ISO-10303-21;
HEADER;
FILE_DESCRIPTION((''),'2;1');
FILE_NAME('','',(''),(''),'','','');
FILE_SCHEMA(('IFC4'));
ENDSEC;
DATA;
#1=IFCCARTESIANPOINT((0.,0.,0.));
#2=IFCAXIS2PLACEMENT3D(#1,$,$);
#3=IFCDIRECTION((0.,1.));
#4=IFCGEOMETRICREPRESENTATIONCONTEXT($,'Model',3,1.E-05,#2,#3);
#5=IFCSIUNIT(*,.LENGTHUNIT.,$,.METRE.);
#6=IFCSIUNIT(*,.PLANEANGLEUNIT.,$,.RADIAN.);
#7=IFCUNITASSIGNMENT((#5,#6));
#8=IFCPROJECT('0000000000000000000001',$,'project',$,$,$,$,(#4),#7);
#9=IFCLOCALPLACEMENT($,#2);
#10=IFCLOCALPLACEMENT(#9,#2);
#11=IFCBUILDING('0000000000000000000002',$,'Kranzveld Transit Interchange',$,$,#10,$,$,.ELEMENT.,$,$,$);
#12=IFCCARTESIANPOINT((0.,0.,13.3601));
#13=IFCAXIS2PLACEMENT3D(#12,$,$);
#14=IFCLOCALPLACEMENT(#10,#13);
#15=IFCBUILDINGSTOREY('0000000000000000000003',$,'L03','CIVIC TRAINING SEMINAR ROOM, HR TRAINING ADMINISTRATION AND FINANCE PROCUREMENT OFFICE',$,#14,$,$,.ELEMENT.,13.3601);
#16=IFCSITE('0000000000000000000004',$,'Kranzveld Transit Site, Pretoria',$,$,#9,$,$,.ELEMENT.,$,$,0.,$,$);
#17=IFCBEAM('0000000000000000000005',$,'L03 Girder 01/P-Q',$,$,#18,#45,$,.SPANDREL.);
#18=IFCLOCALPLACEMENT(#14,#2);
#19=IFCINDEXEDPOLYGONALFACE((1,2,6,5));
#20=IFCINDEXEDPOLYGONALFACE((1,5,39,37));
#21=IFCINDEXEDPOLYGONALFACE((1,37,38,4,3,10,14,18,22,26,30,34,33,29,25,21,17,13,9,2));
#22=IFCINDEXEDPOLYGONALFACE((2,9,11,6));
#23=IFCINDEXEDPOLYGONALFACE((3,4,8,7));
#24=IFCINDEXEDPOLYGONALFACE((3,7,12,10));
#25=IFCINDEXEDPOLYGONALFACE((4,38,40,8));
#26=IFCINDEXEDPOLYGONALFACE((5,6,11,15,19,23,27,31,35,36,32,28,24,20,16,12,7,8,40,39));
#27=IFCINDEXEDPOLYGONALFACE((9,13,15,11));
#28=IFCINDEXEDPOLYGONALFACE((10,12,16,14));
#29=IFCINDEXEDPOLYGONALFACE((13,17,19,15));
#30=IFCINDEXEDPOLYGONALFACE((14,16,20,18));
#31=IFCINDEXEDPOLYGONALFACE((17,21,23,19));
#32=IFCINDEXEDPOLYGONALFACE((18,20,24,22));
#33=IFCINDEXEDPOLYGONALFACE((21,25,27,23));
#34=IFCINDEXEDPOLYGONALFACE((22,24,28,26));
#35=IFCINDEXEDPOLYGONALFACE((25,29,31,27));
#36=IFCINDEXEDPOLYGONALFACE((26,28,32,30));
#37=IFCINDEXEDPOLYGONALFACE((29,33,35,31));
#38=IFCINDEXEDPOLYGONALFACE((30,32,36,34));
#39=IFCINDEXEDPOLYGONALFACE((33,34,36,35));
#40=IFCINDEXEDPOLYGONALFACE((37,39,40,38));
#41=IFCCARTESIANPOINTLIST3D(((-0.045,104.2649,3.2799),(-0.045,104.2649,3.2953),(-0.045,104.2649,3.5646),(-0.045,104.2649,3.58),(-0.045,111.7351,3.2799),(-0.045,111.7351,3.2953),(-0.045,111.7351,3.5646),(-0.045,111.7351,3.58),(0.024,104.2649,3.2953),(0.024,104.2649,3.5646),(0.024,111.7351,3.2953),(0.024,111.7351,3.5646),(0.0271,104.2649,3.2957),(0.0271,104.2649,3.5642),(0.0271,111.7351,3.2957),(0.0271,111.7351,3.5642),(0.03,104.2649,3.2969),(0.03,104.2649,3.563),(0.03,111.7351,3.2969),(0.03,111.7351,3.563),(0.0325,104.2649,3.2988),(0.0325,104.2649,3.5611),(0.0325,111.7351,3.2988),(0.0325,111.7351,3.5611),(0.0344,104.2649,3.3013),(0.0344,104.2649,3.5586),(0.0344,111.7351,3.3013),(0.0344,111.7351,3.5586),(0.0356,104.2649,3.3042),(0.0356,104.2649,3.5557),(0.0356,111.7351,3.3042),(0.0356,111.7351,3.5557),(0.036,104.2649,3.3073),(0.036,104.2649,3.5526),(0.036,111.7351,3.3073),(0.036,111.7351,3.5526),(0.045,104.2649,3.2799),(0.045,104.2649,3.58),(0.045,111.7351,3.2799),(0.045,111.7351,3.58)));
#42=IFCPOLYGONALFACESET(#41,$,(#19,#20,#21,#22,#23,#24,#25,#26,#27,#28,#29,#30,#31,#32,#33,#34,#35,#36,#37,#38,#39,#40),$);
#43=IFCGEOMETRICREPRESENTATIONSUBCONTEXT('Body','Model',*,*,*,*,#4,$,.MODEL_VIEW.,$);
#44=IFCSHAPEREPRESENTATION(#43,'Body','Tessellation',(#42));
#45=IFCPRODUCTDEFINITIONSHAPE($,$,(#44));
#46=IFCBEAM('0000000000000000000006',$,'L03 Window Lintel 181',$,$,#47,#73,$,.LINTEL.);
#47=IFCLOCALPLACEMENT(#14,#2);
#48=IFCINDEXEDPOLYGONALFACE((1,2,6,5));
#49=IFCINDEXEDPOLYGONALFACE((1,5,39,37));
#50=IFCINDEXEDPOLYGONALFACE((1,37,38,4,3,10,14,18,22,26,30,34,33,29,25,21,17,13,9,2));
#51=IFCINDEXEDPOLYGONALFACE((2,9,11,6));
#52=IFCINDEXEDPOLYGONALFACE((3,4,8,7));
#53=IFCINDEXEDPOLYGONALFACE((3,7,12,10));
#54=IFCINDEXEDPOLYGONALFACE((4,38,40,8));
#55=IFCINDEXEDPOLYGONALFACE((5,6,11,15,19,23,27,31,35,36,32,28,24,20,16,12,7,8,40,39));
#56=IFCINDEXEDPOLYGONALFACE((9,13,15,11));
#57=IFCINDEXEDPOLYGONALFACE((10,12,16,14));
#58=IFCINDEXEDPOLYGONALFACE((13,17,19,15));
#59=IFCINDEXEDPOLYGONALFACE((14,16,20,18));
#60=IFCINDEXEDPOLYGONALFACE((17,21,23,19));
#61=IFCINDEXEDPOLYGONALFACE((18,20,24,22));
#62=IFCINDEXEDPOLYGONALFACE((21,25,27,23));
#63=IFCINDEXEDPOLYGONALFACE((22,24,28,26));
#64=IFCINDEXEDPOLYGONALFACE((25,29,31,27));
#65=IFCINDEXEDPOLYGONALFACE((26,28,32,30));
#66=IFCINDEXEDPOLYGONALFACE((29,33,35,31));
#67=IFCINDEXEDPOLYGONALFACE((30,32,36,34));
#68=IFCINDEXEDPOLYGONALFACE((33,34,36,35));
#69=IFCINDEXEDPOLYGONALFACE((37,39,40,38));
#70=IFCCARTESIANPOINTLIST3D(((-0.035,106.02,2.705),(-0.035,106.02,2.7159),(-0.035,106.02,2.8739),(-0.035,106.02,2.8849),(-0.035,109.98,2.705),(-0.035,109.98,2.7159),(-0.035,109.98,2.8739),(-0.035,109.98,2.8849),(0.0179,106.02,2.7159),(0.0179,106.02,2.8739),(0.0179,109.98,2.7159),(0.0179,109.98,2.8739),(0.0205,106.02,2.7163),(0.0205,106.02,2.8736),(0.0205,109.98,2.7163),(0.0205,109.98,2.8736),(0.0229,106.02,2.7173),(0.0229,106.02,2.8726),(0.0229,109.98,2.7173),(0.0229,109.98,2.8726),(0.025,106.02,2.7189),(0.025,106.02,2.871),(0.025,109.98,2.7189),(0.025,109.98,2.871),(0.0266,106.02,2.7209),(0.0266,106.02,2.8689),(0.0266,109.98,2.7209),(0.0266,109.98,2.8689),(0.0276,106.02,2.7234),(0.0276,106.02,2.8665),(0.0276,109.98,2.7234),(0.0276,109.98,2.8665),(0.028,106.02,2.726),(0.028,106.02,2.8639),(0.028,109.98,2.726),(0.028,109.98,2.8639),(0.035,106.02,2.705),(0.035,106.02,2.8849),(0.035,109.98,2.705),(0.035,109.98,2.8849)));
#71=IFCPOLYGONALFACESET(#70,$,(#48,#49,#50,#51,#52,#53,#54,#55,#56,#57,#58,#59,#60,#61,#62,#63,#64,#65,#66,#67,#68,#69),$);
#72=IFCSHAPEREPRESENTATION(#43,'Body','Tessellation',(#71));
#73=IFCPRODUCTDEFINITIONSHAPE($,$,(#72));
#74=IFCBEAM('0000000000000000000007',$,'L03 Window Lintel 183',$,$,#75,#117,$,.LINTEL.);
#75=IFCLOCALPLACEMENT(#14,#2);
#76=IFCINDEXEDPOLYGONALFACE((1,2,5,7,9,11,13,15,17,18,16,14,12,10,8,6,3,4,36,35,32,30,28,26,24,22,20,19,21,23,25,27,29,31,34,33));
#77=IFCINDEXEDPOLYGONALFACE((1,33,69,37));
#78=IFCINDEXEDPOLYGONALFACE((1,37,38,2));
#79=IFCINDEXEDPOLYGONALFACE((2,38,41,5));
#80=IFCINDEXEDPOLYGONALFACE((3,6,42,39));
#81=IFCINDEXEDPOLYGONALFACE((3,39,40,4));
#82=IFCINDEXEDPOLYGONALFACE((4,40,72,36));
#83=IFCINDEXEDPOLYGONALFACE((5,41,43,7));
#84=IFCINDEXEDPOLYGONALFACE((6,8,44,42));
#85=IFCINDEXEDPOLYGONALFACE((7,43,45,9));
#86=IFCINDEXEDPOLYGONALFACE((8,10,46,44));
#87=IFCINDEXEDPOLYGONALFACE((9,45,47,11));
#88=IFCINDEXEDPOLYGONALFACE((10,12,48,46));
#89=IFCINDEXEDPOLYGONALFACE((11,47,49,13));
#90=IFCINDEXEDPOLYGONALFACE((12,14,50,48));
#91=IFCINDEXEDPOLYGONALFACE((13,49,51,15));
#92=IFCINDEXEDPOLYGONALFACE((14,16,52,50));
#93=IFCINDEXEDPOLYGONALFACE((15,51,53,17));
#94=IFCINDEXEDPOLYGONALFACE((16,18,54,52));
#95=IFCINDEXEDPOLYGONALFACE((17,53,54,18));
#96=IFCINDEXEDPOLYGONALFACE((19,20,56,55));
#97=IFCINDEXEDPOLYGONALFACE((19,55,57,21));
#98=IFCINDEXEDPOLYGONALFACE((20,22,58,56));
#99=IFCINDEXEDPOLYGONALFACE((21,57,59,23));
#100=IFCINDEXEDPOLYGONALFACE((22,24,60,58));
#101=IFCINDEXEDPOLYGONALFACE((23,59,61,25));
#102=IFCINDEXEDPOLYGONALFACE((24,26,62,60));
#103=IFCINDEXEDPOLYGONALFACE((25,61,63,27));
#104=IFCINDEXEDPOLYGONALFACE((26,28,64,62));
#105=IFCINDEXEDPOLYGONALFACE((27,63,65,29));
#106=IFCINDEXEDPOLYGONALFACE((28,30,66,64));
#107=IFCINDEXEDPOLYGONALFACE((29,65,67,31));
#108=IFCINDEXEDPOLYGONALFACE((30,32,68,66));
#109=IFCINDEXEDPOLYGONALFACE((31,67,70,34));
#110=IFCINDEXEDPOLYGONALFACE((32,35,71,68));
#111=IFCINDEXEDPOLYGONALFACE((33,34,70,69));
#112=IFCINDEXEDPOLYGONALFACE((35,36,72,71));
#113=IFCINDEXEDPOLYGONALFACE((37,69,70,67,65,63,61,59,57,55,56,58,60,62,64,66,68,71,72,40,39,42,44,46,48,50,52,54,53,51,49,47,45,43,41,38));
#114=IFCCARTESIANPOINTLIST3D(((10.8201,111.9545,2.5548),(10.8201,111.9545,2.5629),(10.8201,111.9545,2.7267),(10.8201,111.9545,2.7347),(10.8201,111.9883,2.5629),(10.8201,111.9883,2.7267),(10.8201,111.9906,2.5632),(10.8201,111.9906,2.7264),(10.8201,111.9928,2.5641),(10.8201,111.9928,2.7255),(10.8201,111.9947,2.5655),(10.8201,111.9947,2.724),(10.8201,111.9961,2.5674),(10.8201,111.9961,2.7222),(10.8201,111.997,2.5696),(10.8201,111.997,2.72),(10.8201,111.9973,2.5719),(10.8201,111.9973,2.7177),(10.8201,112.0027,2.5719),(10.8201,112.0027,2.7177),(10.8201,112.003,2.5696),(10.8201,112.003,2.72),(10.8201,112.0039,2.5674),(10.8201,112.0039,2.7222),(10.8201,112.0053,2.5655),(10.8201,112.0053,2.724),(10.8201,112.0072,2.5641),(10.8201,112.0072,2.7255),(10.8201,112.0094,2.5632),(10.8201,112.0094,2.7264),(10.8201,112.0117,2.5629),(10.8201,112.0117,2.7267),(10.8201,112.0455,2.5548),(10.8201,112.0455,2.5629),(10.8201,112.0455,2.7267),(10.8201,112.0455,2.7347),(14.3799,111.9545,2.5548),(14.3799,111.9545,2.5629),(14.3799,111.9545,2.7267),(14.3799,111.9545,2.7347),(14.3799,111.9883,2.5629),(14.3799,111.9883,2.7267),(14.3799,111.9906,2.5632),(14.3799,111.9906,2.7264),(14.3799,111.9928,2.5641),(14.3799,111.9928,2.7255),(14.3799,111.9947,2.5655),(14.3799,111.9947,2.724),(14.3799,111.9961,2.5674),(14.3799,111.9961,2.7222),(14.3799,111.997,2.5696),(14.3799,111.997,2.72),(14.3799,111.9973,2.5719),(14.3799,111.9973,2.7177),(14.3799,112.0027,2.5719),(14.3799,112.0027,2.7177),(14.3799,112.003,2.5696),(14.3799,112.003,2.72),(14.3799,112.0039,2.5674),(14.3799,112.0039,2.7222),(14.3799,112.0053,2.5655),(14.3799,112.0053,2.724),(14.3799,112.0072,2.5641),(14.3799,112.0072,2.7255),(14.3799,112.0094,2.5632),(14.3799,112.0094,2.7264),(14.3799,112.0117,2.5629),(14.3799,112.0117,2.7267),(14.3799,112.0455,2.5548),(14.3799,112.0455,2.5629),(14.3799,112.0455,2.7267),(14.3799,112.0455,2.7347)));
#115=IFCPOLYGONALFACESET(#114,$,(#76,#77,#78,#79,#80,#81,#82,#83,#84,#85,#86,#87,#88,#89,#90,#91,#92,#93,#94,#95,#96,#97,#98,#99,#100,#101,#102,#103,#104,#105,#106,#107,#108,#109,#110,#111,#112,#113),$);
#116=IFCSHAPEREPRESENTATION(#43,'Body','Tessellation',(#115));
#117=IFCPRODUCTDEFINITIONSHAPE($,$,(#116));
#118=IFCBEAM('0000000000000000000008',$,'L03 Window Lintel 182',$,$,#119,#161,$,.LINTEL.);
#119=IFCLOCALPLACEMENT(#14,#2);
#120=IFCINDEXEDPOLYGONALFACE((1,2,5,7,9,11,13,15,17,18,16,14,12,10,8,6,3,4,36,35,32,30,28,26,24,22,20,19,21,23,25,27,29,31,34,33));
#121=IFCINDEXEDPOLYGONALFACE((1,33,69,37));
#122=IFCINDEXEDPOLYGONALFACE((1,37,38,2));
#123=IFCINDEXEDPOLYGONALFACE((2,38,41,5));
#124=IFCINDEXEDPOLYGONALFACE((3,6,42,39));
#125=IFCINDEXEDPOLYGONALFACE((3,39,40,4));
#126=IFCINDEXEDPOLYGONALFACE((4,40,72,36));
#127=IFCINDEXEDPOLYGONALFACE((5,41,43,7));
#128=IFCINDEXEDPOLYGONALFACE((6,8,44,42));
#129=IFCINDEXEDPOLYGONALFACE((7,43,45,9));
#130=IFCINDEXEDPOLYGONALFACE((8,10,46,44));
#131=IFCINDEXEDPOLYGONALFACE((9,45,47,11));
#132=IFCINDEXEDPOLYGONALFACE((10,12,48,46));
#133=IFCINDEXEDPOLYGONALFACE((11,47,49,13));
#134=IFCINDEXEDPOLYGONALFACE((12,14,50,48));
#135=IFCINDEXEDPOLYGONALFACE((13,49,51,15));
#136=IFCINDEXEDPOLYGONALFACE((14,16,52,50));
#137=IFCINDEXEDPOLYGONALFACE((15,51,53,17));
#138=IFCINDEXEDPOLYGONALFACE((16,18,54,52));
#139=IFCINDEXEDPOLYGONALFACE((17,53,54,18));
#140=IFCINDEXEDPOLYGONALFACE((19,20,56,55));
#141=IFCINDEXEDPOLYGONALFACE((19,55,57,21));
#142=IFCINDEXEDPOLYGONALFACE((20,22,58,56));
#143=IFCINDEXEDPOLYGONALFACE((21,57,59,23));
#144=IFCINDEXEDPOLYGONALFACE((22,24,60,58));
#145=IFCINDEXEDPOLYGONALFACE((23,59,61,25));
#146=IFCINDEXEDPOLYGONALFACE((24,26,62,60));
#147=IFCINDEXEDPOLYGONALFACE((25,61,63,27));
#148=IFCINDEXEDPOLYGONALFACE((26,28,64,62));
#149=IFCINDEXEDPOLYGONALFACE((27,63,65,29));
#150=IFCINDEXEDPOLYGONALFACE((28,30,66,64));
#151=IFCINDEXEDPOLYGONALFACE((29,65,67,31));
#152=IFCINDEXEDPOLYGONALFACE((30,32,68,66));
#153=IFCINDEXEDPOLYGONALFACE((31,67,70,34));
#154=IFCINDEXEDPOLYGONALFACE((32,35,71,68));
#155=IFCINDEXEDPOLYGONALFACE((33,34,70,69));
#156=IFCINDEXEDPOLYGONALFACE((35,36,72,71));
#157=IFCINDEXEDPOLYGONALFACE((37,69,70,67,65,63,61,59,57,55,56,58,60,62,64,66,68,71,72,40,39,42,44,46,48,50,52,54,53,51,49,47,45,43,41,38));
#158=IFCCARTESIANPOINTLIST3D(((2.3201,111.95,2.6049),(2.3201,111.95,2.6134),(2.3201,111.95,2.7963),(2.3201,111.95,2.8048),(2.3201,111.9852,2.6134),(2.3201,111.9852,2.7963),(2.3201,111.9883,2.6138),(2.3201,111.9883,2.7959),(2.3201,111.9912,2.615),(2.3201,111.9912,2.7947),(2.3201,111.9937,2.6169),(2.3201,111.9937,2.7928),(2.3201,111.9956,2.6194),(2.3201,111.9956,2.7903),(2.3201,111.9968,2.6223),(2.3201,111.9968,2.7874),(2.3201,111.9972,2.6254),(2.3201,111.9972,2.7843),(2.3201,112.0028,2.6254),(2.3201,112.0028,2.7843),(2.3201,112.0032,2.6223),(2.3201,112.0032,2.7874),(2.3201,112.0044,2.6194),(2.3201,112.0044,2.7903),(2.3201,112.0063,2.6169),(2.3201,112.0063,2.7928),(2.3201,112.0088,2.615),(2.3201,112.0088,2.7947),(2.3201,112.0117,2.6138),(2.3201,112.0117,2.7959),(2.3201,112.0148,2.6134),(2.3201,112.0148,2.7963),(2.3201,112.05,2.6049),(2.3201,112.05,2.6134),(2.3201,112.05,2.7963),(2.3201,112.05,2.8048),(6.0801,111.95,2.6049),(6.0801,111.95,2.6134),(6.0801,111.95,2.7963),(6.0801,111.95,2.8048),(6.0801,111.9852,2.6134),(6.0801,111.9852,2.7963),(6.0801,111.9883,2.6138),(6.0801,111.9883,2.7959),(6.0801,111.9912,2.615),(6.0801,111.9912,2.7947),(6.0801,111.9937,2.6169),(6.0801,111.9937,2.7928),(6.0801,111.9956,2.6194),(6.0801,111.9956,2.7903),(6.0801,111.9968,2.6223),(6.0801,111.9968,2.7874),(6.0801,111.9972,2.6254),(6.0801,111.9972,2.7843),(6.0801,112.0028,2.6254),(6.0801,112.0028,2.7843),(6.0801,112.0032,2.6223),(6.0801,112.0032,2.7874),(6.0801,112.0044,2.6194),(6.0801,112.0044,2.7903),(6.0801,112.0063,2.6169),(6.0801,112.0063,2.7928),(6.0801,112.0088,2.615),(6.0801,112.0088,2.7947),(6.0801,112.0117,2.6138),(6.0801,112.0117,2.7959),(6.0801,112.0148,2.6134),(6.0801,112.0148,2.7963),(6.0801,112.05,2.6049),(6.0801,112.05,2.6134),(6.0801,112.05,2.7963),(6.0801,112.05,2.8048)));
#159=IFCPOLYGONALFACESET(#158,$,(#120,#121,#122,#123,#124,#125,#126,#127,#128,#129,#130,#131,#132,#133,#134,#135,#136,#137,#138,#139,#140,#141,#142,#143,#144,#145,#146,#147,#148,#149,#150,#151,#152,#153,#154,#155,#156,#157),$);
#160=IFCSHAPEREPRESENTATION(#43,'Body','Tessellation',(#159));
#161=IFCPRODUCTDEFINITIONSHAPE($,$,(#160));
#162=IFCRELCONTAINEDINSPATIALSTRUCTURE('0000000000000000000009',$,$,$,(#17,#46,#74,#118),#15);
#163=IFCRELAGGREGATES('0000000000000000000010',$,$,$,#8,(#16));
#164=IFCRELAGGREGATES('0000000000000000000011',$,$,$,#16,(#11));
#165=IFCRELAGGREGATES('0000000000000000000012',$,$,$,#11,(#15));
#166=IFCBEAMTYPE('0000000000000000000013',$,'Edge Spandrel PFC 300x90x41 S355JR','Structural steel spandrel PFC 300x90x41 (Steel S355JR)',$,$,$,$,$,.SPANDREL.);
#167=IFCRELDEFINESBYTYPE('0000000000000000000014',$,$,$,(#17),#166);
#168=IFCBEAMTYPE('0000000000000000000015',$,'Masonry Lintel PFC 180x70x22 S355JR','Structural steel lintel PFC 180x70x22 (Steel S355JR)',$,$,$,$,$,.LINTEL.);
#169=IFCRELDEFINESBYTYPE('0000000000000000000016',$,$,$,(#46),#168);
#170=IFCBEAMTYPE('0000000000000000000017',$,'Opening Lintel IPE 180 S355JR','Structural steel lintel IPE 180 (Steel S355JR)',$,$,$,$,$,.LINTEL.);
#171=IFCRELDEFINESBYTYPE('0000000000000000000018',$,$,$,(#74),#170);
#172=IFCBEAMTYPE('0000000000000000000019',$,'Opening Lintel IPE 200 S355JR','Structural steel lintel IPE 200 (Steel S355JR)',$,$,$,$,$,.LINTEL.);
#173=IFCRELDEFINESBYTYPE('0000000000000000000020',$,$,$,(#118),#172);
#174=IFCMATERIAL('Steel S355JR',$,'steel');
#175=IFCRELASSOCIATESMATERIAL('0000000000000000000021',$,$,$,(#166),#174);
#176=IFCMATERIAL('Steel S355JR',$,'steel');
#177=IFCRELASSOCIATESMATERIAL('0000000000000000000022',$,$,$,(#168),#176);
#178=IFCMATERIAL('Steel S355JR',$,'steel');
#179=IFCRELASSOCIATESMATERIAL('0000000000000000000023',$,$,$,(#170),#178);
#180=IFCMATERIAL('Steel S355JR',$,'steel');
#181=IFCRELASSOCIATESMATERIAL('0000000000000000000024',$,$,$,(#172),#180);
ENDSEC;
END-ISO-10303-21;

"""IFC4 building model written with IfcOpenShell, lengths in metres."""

from ifc_helpers import new_model, si_unit, direction, frame, origin, origin_2d, place, context, subcontext, project, spatial, i_section, u_section, extrude, material, material_profile, profile_set, type_object, element, save


model = new_model("IFC4")

# Units and contexts
model_context = context("Model", 3, precision=1e-05, world=origin(), true_north=direction((0.0, 1.0)))
body_context = subcontext(model_context, "Body", "Model", "MODEL_VIEW")
ifc_project = project(units=[si_unit("LENGTHUNIT", "METRE"), si_unit("PLANEANGLEUNIT", "RADIAN")], contexts=[model_context])

# Site, building, storey
site_placement = place(None, origin())
site = spatial("IfcSite", under=ifc_project, at=site_placement, Name="Kranzveld Transit Site, Pretoria", CompositionType="ELEMENT", RefElevation=0.0)
building_placement = place(site_placement, origin())
building = spatial("IfcBuilding", under=site, at=building_placement, Name="Kranzveld Transit Interchange", CompositionType="ELEMENT")
storey_placement = place(building_placement, frame((0.0, 0.0, 13.3601)))
storey = spatial("IfcBuildingStorey", under=building, at=storey_placement, Name="L03", Description="CIVIC TRAINING SEMINAR ROOM, HR TRAINING ADMINISTRATION AND FINANCE PROCUREMENT OFFICE", CompositionType="ELEMENT", Elevation=13.3601)

# Beams
ifc_material_1 = material(Name="Steel S355JR", Category="steel")
ifc_material_profile_1 = material_profile(ifc_material_1, u_section(Depth=0.3, FlangeWidth=0.0901, WebThickness=0.009, FlangeThickness=0.0154, FilletRadius=0.012, at=origin_2d()), Name="PFC 300x90x41")
ifc_profile_set_1 = profile_set([ifc_material_profile_1], Name="Steel S355JR")
beam_type_1 = type_object("IfcBeamType", Name="Edge Spandrel PFC 300x90x41 S355JR", Description="Structural steel spandrel PFC 300x90x41 (Steel S355JR)", PredefinedType="SPANDREL", material=ifc_profile_set_1)
beam_1_placement = place(storey_placement, frame((0.0, 104.2649, 3.4299), z_axis=(0.0, 1.0, 0.0), x_axis=(-1.0, 0.0, 0.0)))
element("IfcBeam", 1, at=beam_1_placement, inside=storey, type_object=beam_type_1, Name="L03 Girder 01/P-Q", PredefinedType="SPANDREL", context=body_context, shape_type="SweptSolid", body=[
    extrude(u_section(Depth=0.3, FlangeWidth=0.0901, WebThickness=0.009, FlangeThickness=0.0154, FilletRadius=0.012, at=origin_2d()), origin(), (0.0, 0.0, 1.0), 7.4702),
])
ifc_material_2 = material(Name="Steel S355JR", Category="steel")
ifc_material_profile_2 = material_profile(ifc_material_2, u_section(Depth=0.1799, FlangeWidth=0.0701, WebThickness=0.0071, FlangeThickness=0.011, FilletRadius=0.01, at=origin_2d()), Name="PFC 180x70x22")
ifc_profile_set_2 = profile_set([ifc_material_profile_2], Name="Steel S355JR")
beam_type_2 = type_object("IfcBeamType", Name="Masonry Lintel PFC 180x70x22 S355JR", Description="Structural steel lintel PFC 180x70x22 (Steel S355JR)", PredefinedType="LINTEL", material=ifc_profile_set_2)
beam_2_placement = place(storey_placement, frame((0.0, 106.02, 2.7949), z_axis=(0.0, 1.0, 0.0), x_axis=(-1.0, 0.0, 0.0)))
element("IfcBeam", 2, at=beam_2_placement, inside=storey, type_object=beam_type_2, Name="L03 Window Lintel 181", PredefinedType="LINTEL", context=body_context, shape_type="SweptSolid", body=[
    extrude(u_section(Depth=0.1799, FlangeWidth=0.0701, WebThickness=0.0071, FlangeThickness=0.011, FilletRadius=0.01, at=origin_2d()), origin(), (0.0, 0.0, 1.0), 3.96),
])
ifc_material_3 = material(Name="Steel S355JR", Category="steel")
ifc_material_profile_3 = material_profile(ifc_material_3, i_section(OverallWidth=0.0911, OverallDepth=0.1799, WebThickness=0.0054, FlangeThickness=0.0081, FilletRadius=0.009, at=origin_2d()), Name="IPE 180")
ifc_profile_set_3 = profile_set([ifc_material_profile_3], Name="Steel S355JR")
beam_type_3 = type_object("IfcBeamType", Name="Opening Lintel IPE 180 S355JR", Description="Structural steel lintel IPE 180 (Steel S355JR)", PredefinedType="LINTEL", material=ifc_profile_set_3)
beam_3_placement = place(storey_placement, frame((10.8201, 112.0, 2.6448), z_axis=(1.0, 0.0, 0.0), x_axis=(0.0, 1.0, 0.0)))
element("IfcBeam", 3, at=beam_3_placement, inside=storey, type_object=beam_type_3, Name="L03 Window Lintel 183", PredefinedType="LINTEL", context=body_context, shape_type="SweptSolid", body=[
    extrude(i_section(OverallWidth=0.0911, OverallDepth=0.1799, WebThickness=0.0054, FlangeThickness=0.0081, FilletRadius=0.009, at=origin_2d()), origin(), (0.0, 0.0, 1.0), 3.5598),
])
ifc_material_4 = material(Name="Steel S355JR", Category="steel")
ifc_material_profile_4 = material_profile(ifc_material_4, i_section(OverallWidth=0.1001, OverallDepth=0.2, WebThickness=0.0056, FlangeThickness=0.0085, FilletRadius=0.012, at=origin_2d()), Name="IPE 200")
ifc_profile_set_4 = profile_set([ifc_material_profile_4], Name="Steel S355JR")
beam_type_4 = type_object("IfcBeamType", Name="Opening Lintel IPE 200 S355JR", Description="Structural steel lintel IPE 200 (Steel S355JR)", PredefinedType="LINTEL", material=ifc_profile_set_4)
beam_4_placement = place(storey_placement, frame((2.3201, 112.0, 2.7048), z_axis=(1.0, 0.0, 0.0), x_axis=(0.0, 1.0, 0.0)))
element("IfcBeam", 4, at=beam_4_placement, inside=storey, type_object=beam_type_4, Name="L03 Window Lintel 182", PredefinedType="LINTEL", context=body_context, shape_type="SweptSolid", body=[
    extrude(i_section(OverallWidth=0.1001, OverallDepth=0.2, WebThickness=0.0056, FlangeThickness=0.0085, FilletRadius=0.012, at=origin_2d()), origin(), (0.0, 0.0, 1.0), 3.76),
])

save(model, "model.ifc")
